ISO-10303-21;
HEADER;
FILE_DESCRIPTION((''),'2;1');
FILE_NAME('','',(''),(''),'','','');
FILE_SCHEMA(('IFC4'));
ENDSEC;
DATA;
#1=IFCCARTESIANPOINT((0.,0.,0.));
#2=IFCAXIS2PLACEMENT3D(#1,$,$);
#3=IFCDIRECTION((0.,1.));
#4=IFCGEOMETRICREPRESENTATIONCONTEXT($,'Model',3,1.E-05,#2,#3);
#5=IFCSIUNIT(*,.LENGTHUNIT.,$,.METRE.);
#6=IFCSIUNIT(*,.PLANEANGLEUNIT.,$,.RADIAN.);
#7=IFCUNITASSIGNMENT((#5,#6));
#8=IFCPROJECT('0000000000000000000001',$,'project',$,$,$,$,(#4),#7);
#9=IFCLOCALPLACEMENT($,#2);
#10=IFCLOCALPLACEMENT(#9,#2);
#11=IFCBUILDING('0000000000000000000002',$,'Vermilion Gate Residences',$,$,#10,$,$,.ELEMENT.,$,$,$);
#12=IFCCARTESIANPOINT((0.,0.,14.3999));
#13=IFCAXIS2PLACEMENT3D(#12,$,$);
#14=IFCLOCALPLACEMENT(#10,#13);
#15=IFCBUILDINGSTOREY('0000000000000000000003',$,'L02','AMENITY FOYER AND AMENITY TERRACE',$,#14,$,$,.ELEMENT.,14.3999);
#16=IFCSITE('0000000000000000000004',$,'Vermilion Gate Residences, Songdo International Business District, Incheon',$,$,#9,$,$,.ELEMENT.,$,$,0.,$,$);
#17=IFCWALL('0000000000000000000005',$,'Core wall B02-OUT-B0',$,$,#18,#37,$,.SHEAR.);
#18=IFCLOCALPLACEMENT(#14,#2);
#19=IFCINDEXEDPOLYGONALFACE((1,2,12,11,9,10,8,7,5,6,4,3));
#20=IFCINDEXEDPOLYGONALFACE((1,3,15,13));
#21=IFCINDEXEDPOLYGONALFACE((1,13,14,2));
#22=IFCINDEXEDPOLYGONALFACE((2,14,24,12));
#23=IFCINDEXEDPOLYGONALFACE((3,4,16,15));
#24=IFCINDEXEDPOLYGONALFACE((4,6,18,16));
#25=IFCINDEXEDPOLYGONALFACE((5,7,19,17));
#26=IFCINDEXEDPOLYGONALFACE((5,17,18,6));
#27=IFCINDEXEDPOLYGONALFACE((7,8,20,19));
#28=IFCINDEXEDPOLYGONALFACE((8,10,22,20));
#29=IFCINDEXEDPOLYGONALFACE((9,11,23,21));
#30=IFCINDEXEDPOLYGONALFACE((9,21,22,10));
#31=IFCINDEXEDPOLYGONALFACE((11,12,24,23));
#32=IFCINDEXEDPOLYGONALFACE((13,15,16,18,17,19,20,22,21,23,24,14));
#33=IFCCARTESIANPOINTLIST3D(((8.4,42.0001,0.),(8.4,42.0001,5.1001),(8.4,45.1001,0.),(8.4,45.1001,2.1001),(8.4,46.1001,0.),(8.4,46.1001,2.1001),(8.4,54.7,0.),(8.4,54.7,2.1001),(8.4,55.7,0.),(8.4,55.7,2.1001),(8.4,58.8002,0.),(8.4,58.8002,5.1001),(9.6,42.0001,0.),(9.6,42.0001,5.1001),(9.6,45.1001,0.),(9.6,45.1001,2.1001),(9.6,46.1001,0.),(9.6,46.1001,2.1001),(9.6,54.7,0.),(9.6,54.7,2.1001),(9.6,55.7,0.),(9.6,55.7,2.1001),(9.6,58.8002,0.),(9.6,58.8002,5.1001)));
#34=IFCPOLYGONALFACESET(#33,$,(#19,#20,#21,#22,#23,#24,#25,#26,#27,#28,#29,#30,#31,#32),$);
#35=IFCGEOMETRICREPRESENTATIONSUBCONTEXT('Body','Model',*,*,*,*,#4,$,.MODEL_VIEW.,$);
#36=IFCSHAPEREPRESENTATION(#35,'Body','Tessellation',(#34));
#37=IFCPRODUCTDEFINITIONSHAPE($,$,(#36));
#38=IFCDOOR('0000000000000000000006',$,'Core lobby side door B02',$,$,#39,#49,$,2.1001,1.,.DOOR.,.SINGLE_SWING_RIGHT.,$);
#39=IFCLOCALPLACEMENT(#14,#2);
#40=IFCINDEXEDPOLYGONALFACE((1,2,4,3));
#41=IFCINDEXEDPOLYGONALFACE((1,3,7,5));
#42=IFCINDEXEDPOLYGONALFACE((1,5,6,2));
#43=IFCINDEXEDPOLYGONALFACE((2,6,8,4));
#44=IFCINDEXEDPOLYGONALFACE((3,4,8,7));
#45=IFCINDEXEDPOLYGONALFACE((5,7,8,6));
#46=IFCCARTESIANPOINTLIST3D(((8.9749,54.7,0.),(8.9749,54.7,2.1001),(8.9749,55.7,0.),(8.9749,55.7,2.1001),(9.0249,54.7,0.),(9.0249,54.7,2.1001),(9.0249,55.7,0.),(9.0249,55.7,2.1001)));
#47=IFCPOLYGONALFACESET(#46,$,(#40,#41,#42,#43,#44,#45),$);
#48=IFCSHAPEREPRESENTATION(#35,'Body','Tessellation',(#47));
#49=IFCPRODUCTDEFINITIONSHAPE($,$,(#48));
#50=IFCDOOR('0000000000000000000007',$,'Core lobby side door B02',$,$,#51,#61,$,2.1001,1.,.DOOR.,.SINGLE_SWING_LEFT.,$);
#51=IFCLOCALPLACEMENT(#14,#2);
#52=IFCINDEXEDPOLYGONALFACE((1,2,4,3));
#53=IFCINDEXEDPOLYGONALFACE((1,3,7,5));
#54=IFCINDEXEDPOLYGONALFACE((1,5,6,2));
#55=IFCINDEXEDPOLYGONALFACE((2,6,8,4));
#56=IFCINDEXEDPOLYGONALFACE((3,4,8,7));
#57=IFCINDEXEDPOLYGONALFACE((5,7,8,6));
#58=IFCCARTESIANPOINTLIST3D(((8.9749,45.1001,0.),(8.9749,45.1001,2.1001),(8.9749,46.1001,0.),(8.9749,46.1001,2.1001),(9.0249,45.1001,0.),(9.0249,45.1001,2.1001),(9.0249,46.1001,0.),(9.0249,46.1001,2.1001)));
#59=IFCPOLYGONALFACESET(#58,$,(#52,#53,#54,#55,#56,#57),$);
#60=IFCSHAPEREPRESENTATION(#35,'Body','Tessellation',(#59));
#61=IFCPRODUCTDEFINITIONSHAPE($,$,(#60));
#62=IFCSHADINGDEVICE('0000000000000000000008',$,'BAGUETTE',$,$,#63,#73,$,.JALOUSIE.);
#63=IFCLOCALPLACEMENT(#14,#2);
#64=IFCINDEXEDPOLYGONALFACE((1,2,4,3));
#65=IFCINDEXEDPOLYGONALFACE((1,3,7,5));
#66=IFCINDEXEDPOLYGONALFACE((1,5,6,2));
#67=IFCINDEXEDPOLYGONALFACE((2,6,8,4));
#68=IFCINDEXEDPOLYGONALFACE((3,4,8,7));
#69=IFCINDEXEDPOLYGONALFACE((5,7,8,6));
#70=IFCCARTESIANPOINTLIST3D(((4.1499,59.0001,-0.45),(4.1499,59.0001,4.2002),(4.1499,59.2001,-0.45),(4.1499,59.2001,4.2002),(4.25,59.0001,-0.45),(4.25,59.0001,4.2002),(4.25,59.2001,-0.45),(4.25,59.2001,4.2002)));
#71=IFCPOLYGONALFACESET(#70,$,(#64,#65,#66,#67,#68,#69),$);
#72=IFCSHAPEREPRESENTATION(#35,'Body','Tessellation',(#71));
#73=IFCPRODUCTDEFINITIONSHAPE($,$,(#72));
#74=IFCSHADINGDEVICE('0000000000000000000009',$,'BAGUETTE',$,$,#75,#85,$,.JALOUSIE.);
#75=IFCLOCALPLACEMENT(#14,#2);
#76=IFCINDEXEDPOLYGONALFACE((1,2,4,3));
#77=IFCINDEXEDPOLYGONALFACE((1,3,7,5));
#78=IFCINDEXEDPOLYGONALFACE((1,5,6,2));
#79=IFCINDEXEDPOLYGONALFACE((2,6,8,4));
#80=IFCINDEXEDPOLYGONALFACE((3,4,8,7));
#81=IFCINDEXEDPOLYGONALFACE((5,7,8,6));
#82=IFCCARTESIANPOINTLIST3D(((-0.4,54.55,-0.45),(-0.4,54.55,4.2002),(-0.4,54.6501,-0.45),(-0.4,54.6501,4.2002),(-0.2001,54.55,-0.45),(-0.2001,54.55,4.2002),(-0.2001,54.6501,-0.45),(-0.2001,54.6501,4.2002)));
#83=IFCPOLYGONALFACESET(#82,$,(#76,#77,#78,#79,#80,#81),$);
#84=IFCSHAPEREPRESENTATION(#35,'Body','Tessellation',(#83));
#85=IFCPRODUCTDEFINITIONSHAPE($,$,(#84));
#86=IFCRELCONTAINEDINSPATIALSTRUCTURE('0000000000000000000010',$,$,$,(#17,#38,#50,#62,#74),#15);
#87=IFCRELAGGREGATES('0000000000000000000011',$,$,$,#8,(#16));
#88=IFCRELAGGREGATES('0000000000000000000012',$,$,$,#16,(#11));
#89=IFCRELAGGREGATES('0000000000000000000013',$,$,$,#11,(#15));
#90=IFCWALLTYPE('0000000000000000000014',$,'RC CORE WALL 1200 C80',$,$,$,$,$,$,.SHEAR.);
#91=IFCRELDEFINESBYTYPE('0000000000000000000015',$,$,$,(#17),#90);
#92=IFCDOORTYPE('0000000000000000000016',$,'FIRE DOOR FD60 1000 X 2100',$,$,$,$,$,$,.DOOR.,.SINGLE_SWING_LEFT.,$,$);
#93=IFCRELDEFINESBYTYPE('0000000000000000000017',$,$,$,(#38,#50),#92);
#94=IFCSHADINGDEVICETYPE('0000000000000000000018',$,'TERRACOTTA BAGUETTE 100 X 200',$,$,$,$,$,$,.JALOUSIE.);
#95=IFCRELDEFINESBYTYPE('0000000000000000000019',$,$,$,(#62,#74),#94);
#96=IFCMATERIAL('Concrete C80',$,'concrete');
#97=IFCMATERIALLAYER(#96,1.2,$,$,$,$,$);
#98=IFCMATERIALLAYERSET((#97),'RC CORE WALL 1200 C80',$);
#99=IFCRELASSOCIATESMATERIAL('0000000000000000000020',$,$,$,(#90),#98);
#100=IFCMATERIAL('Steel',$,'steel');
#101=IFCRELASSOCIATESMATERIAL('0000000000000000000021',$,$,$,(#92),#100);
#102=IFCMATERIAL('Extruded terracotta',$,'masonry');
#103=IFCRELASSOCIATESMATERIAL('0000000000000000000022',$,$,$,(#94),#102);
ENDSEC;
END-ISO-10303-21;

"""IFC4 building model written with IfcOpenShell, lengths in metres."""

from ifc_helpers import new_model, si_unit, direction, frame, frame_2d, origin, origin_2d, place, context, subcontext, project, spatial, rectangle, extrude, material, layer, layer_set, material_profile, profile_set, type_object, element, fill, save


model = new_model("IFC4")

# Units and contexts
model_context = context("Model", 3, precision=1e-05, world=origin(), true_north=direction((0.0, 1.0)))
body_context = subcontext(model_context, "Body", "Model", "MODEL_VIEW")
ifc_project = project(units=[si_unit("LENGTHUNIT", "METRE"), si_unit("PLANEANGLEUNIT", "RADIAN")], contexts=[model_context])

# Site, building, storey
site_placement = place(None, origin())
site = spatial("IfcSite", under=ifc_project, at=site_placement, Name="Vermilion Gate Residences, Songdo International Business District, Incheon", CompositionType="ELEMENT", RefElevation=0.0)
building_placement = place(site_placement, origin())
building = spatial("IfcBuilding", under=site, at=building_placement, Name="Vermilion Gate Residences", CompositionType="ELEMENT")
storey_placement = place(building_placement, frame((0.0, 0.0, 14.3999)))
storey = spatial("IfcBuildingStorey", under=building, at=storey_placement, Name="L02", Description="AMENITY FOYER AND AMENITY TERRACE", CompositionType="ELEMENT", Elevation=14.3999)

# Wall, openings, doors
ifc_material_1 = material(Name="Concrete C80", Category="concrete")
ifc_layer_1 = layer(ifc_material_1, 1.2)
ifc_layer_set_1 = layer_set([ifc_layer_1], Name="RC CORE WALL 1200 C80")
wall_type_1 = type_object("IfcWallType", Name="RC CORE WALL 1200 C80", PredefinedType="SHEAR", material=ifc_layer_set_1)
wall_1_placement = place(storey_placement, frame((9.0, 58.8, 0.0), z_axis=(0.0, 0.0, 1.0), x_axis=(0.0, -1.0, 0.0)))
wall_1 = element("IfcWall", 1, at=wall_1_placement, inside=storey, type_object=wall_type_1, Name="Core wall B02-OUT-B0", PredefinedType="SHEAR", context=body_context, shape_type="SweptSolid", body=[
    extrude(rectangle(XDim=16.8, YDim=1.2, at=frame_2d((8.3999, 0.0))), origin(), (0.0, 0.0, 1.0), 5.1001),
])
opening_1_placement = place(wall_1_placement, frame((3.1001, 0.0, 0.0)))
opening_1 = element("IfcOpeningElement", 2, at=opening_1_placement, cuts=wall_1, PredefinedType="OPENING", context=body_context, shape_type="SweptSolid", body=[
    extrude(rectangle(XDim=1.0, YDim=2.1001, at=frame_2d((0.5, 1.05))), frame((0.0, 0.6099, 0.0), z_axis=(0.0, -1.0, 0.0), x_axis=(1.0, 0.0, 0.0)), (0.0, 0.0, 1.0), 1.22),
])
opening_2_placement = place(wall_1_placement, frame((12.7, 0.0, 0.0)))
opening_2 = element("IfcOpeningElement", 3, at=opening_2_placement, cuts=wall_1, PredefinedType="OPENING", context=body_context, shape_type="SweptSolid", body=[
    extrude(rectangle(XDim=1.0, YDim=2.1001, at=frame_2d((0.5, 1.05))), frame((0.0, 0.6099, 0.0), z_axis=(0.0, -1.0, 0.0), x_axis=(1.0, 0.0, 0.0)), (0.0, 0.0, 1.0), 1.22),
])
ifc_material_2 = material(Name="Steel", Category="steel")
door_type = type_object("IfcDoorType", Name="FIRE DOOR FD60 1000 X 2100", OperationType="SINGLE_SWING_LEFT", PredefinedType="DOOR", material=ifc_material_2)
door_1_placement = place(opening_1_placement, origin())
door_1 = element("IfcDoor", 4, at=door_1_placement, inside=storey, type_object=door_type, Name="Core lobby side door B02", OperationType="SINGLE_SWING_RIGHT", OverallHeight=2.1001, OverallWidth=1.0, PredefinedType="DOOR", context=body_context, shape_type="SweptSolid", body=[
    extrude(rectangle(XDim=1.0, YDim=2.1001, at=frame_2d((0.5, 1.05))), frame((0.0, 0.0249, 0.0), z_axis=(0.0, -1.0, 0.0), x_axis=(1.0, 0.0, 0.0)), (0.0, 0.0, 1.0), 0.05),
])
fill(opening_1, door_1)
door_2_placement = place(opening_2_placement, origin())
door_2 = element("IfcDoor", 5, at=door_2_placement, inside=storey, type_object=door_type, Name="Core lobby side door B02", OperationType="SINGLE_SWING_LEFT", OverallHeight=2.1001, OverallWidth=1.0, PredefinedType="DOOR", context=body_context, shape_type="SweptSolid", body=[
    extrude(rectangle(XDim=1.0, YDim=2.1001, at=frame_2d((0.5, 1.05))), frame((0.0, 0.0249, 0.0), z_axis=(0.0, -1.0, 0.0), x_axis=(1.0, 0.0, 0.0)), (0.0, 0.0, 1.0), 0.05),
])
fill(opening_2, door_2)

# Shading devices
ifc_material_3 = material(Name="Extruded terracotta", Category="masonry")
ifc_material_profile_1 = material_profile(ifc_material_3, rectangle(XDim=0.2, YDim=0.1001, at=origin_2d()), Name="BAGUETTE 100 X 200")
ifc_profile_set_1 = profile_set([ifc_material_profile_1], Name="Extruded terracotta")
shading_device_type = type_object("IfcShadingDeviceType", Name="TERRACOTTA BAGUETTE 100 X 200", PredefinedType="JALOUSIE", material=ifc_profile_set_1)
for number, where, z_axis, x_axis, name in (
    (6, (4.2, 59.1001, -0.45), (0.0, 0.0, 1.0), (0.0, -1.0, 0.0), "BAGUETTE"),
    (7, (-0.3, 54.6001, -0.45), (0.0, 0.0, 1.0), (1.0, 0.0, 0.0), "BAGUETTE"),
):
    element("IfcShadingDevice", number, at=place(storey_placement, frame(where, z_axis=z_axis, x_axis=x_axis)), inside=storey, type_object=shading_device_type, Name=name, PredefinedType="JALOUSIE", context=body_context, shape_type="SweptSolid", body=[
        extrude(rectangle(XDim=0.2, YDim=0.1001, at=origin_2d()), origin(), (0.0, 0.0, 1.0), 4.6501),
    ])

save(model, "model.ifc")
